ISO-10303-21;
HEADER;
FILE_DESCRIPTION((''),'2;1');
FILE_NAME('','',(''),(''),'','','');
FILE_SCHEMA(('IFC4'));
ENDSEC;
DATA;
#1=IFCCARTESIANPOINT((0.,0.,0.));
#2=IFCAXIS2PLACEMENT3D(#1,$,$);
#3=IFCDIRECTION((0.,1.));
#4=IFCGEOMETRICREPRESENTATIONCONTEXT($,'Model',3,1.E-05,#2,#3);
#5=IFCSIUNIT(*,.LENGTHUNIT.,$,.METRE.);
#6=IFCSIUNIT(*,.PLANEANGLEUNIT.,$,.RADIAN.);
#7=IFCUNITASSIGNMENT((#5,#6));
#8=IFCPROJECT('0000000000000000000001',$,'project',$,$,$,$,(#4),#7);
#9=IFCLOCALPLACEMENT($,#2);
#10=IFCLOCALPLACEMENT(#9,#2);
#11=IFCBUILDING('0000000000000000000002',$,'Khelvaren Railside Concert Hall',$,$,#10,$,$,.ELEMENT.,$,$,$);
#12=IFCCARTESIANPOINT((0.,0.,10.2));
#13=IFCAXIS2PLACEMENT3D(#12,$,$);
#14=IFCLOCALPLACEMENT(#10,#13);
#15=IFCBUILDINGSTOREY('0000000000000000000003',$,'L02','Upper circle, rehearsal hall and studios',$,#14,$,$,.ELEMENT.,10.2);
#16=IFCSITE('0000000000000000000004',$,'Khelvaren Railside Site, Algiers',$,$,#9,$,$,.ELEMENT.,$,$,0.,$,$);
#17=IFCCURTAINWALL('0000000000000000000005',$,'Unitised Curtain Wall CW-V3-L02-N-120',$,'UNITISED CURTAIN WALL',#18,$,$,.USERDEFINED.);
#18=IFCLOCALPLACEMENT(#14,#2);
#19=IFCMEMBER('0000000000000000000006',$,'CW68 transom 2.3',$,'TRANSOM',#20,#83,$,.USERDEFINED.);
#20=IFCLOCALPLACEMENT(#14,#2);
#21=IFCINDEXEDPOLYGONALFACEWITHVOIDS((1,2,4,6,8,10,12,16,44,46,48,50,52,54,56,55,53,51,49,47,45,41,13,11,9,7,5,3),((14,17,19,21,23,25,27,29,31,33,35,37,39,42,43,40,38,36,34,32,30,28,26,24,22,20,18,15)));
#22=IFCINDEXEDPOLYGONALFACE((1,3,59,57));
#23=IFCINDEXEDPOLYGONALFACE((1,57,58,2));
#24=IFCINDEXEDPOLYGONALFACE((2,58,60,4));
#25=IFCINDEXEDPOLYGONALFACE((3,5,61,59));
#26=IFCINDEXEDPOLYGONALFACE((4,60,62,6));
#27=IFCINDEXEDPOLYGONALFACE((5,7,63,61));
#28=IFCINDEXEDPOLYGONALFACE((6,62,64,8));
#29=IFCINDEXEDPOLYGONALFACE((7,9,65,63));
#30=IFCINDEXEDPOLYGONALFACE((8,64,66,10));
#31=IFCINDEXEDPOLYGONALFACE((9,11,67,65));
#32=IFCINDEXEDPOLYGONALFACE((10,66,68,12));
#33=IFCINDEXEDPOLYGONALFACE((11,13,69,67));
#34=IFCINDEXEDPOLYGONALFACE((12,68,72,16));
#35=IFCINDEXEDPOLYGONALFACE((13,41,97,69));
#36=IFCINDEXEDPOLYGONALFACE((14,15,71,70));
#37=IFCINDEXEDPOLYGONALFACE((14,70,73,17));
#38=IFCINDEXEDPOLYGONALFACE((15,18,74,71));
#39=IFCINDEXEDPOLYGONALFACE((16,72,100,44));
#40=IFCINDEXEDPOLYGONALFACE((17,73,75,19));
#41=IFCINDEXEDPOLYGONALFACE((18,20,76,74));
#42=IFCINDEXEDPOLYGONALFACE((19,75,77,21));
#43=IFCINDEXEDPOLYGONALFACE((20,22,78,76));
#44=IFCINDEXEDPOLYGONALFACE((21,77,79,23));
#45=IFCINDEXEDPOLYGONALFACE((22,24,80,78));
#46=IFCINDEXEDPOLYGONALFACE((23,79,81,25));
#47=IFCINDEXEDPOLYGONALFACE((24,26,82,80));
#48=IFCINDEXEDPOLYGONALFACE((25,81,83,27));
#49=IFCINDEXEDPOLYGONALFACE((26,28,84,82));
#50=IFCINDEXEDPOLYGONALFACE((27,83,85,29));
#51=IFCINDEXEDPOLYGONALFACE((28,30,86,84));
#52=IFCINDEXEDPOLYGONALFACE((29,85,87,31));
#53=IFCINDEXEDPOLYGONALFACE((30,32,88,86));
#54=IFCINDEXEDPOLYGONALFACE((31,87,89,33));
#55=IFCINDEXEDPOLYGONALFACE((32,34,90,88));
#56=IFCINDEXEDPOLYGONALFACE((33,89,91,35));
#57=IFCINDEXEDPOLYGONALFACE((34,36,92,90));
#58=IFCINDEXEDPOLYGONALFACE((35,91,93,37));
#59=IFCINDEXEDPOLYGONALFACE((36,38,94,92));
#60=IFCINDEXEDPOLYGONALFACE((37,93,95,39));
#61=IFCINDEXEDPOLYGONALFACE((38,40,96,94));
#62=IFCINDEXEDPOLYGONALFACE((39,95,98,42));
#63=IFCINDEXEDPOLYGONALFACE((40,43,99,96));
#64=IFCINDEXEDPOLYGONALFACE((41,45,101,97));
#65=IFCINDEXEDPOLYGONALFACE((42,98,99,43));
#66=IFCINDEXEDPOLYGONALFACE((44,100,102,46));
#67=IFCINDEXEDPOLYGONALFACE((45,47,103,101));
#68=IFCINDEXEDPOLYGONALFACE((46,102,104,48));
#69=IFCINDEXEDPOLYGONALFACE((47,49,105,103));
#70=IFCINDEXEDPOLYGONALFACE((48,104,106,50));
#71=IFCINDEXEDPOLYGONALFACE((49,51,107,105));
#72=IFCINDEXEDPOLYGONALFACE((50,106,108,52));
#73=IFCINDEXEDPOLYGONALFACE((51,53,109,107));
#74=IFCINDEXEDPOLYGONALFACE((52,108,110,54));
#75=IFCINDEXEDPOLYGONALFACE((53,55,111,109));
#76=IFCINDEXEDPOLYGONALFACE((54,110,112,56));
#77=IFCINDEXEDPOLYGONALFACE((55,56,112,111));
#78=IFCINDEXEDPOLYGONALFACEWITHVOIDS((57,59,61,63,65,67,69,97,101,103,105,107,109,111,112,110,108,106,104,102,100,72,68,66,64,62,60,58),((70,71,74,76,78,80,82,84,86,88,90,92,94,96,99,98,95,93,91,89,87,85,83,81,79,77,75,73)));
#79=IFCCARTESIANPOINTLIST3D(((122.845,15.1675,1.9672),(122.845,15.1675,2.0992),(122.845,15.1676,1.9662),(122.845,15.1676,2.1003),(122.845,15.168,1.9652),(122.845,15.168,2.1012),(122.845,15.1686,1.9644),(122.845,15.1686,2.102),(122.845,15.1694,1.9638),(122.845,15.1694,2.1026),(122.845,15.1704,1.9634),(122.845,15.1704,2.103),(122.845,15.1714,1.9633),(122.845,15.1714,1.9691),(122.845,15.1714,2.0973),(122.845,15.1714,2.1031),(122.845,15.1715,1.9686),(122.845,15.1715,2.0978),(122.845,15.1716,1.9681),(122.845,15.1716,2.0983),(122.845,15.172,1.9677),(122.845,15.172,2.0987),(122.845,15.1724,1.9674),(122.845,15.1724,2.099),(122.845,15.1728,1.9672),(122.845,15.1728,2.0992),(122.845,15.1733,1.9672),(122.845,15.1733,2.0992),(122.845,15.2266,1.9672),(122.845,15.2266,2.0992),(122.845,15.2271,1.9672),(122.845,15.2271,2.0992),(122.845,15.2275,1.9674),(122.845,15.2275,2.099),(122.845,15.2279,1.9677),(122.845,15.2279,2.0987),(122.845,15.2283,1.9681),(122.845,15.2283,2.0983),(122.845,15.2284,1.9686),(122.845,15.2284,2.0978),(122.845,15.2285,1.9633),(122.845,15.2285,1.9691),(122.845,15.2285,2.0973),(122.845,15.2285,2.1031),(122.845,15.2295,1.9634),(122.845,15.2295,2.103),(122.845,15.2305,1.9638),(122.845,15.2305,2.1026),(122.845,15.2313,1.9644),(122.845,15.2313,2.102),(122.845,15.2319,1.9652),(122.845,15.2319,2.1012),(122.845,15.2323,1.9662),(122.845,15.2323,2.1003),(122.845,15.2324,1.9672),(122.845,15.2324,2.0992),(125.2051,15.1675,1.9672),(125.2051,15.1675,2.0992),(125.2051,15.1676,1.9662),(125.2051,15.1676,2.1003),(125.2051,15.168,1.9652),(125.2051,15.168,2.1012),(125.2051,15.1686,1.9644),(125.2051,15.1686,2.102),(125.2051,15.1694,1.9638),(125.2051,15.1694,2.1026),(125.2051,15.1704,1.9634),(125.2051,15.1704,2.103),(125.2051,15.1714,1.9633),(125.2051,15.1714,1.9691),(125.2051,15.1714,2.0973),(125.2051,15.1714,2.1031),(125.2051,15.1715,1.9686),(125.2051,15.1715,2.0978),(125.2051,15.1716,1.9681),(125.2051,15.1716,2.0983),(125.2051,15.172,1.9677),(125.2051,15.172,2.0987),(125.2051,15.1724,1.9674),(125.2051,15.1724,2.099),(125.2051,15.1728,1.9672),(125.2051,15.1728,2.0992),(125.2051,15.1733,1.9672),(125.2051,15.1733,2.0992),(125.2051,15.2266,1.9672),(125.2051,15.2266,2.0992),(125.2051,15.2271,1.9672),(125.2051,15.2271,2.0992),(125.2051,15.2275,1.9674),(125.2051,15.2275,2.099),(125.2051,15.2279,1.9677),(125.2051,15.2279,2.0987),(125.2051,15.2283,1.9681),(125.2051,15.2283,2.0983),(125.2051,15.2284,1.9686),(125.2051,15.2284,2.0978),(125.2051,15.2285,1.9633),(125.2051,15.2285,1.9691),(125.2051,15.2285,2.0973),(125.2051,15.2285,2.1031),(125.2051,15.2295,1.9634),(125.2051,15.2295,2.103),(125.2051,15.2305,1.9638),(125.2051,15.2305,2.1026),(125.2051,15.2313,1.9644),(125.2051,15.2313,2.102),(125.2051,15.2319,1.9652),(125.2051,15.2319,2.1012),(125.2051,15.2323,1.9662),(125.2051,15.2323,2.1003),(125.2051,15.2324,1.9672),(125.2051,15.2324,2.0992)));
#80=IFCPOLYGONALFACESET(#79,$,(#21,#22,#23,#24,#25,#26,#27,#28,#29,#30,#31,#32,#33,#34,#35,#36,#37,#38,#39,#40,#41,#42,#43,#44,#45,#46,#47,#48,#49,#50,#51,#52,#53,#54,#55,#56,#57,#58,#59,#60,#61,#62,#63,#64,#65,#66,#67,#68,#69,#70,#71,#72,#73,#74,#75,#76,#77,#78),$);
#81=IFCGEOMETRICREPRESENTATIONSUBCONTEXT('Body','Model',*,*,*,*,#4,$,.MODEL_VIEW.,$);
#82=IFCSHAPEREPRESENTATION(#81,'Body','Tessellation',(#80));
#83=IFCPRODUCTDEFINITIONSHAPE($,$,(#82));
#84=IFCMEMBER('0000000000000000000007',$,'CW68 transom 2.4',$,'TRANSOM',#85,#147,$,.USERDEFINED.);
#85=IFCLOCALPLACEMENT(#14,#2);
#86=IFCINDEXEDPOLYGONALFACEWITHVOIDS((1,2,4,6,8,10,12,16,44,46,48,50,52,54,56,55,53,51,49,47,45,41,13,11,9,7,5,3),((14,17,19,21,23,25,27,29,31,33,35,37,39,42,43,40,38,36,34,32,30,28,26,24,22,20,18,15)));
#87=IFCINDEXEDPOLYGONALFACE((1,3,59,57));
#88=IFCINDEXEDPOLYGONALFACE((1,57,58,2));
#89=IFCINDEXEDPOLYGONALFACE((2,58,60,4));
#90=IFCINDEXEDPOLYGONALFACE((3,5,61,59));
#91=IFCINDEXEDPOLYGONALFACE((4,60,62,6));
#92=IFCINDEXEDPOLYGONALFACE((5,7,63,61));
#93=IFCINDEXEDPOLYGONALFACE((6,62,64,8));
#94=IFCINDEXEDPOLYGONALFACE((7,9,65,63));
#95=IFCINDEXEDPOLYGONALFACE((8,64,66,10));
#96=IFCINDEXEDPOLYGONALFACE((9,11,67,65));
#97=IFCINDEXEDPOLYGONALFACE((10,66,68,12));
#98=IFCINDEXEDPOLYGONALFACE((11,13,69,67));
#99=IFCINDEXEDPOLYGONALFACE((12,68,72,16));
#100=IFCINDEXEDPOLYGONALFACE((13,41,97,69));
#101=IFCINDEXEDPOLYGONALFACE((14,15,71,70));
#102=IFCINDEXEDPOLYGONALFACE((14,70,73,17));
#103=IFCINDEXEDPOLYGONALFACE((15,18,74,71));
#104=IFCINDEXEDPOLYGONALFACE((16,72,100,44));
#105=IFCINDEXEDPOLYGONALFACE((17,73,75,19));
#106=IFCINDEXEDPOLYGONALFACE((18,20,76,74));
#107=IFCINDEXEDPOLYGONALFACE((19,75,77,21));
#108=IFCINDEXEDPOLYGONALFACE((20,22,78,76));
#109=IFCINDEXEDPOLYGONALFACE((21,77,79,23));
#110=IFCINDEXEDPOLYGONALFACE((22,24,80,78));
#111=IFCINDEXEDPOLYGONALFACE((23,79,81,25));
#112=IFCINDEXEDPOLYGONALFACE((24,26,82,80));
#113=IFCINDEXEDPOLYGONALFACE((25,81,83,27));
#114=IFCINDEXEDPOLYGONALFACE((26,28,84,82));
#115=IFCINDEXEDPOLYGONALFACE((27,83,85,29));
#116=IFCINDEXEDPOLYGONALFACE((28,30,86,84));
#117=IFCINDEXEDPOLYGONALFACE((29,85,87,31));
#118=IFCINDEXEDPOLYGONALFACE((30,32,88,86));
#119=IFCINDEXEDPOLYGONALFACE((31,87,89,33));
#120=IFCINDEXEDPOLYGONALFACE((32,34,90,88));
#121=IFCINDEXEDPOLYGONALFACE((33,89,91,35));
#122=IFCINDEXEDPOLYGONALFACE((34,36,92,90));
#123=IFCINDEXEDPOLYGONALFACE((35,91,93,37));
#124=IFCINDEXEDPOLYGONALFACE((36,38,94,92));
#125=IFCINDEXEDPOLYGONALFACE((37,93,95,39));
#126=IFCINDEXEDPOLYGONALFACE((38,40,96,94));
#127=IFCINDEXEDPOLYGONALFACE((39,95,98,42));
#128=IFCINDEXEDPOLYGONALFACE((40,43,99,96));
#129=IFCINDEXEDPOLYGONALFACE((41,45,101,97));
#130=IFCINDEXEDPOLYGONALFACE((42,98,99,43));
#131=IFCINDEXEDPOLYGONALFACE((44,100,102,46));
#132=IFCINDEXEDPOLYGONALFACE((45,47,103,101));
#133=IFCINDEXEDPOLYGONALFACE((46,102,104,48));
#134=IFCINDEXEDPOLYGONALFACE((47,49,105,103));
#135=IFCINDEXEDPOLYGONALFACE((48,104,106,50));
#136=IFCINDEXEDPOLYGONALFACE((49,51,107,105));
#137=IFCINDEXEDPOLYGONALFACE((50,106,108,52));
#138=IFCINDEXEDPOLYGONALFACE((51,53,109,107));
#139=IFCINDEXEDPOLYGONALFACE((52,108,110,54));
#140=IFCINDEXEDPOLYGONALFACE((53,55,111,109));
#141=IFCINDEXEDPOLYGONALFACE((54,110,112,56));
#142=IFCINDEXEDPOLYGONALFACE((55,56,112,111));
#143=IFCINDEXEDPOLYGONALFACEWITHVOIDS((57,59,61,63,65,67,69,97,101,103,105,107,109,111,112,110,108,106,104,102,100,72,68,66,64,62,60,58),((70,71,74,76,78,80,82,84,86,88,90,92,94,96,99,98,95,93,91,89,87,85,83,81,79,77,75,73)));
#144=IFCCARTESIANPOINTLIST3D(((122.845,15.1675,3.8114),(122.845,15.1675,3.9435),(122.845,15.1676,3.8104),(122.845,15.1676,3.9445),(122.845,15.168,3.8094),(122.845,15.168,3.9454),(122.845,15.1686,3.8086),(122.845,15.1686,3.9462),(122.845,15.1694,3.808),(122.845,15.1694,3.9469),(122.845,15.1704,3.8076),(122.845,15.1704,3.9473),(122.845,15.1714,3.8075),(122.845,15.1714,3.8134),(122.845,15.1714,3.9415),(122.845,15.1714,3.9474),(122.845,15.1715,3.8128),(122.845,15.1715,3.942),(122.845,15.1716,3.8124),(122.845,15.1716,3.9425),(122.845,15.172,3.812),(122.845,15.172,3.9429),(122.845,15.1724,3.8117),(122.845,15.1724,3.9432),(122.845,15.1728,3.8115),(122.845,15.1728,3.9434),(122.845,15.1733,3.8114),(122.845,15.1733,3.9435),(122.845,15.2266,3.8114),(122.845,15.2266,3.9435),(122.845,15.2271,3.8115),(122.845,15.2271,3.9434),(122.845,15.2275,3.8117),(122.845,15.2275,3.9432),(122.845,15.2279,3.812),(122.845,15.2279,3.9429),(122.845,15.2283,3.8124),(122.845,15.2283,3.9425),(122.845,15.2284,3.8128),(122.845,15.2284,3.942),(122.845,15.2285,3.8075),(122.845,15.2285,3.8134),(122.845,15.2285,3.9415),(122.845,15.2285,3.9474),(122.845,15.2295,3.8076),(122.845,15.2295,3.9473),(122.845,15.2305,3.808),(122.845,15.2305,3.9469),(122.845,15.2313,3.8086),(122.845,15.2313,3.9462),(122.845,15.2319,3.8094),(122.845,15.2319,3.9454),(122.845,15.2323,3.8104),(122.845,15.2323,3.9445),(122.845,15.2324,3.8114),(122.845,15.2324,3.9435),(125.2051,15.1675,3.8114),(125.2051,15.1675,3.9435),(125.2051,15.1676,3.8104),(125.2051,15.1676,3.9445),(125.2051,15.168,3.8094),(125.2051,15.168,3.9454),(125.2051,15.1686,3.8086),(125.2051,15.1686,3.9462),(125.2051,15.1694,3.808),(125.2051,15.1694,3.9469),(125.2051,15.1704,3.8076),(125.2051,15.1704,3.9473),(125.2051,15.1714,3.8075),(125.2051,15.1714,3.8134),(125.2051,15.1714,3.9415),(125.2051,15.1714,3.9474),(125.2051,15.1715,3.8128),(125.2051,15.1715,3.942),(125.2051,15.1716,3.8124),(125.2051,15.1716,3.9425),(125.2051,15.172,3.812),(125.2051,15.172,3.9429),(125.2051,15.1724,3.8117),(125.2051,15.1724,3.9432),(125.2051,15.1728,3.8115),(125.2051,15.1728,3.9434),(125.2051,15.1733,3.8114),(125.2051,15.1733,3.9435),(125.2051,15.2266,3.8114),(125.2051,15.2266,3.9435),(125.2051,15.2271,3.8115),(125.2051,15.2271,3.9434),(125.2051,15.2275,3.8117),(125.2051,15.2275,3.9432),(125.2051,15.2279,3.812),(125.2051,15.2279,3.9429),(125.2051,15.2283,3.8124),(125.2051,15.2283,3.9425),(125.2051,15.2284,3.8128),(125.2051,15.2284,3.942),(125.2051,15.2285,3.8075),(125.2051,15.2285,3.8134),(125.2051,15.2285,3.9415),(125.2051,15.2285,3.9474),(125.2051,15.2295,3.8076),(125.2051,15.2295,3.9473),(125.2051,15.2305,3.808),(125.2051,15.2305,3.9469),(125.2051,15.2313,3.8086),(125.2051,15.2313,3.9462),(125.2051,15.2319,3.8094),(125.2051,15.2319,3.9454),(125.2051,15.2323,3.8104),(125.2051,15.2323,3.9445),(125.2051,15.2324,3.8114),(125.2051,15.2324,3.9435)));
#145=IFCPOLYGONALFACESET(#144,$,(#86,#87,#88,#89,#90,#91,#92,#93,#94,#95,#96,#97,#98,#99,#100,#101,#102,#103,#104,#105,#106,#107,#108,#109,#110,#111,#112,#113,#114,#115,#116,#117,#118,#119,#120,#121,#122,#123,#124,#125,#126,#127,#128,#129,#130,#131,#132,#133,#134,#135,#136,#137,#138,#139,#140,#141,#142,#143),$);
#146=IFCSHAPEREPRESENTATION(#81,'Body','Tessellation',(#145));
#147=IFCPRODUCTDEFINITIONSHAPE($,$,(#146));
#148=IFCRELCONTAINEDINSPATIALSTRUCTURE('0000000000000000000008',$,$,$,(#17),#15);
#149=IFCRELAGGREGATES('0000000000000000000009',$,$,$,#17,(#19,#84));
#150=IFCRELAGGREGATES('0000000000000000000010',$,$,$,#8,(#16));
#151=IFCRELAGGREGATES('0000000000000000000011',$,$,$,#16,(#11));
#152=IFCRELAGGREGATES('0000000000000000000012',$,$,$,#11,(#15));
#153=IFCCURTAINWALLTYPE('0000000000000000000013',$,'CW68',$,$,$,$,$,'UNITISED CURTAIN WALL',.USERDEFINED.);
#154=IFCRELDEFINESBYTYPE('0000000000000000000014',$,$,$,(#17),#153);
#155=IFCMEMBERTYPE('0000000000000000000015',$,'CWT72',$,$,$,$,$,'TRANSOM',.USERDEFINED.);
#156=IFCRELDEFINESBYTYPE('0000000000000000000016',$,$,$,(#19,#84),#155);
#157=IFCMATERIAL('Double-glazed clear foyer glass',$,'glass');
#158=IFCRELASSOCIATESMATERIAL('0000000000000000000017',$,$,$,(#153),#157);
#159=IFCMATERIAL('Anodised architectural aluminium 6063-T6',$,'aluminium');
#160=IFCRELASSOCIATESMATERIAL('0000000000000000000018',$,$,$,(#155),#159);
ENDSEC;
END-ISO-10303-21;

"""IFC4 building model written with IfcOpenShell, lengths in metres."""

from ifc_helpers import new_model, si_unit, direction, frame, origin, origin_2d, place, context, subcontext, project, spatial, hollow_rectangle, extrude, material, material_profile, profile_set, type_object, element, aggregate, save


model = new_model("IFC4")

# Units and contexts
model_context = context("Model", 3, precision=1e-05, world=origin(), true_north=direction((0.0, 1.0)))
body_context = subcontext(model_context, "Body", "Model", "MODEL_VIEW")
ifc_project = project(units=[si_unit("LENGTHUNIT", "METRE"), si_unit("PLANEANGLEUNIT", "RADIAN")], contexts=[model_context])

# Site, building, storey
site_placement = place(None, origin())
site = spatial("IfcSite", under=ifc_project, at=site_placement, Name="Khelvaren Railside Site, Algiers", CompositionType="ELEMENT", RefElevation=0.0)
building_placement = place(site_placement, origin())
building = spatial("IfcBuilding", under=site, at=building_placement, Name="Khelvaren Railside Concert Hall", CompositionType="ELEMENT")
storey_placement = place(building_placement, frame((0.0, 0.0, 10.2)))
storey = spatial("IfcBuildingStorey", under=building, at=storey_placement, Name="L02", Description="Upper circle, rehearsal hall and studios", CompositionType="ELEMENT", Elevation=10.2)

# Curtain wall, members
ifc_material_1 = material(Name="Double-glazed clear foyer glass", Category="glass")
curtain_wall_type = type_object("IfcCurtainWallType", Name="CW68", ElementType="UNITISED CURTAIN WALL", PredefinedType="USERDEFINED", material=ifc_material_1)
curtain_wall_placement = place(storey_placement, origin())
curtain_wall = element("IfcCurtainWall", 1, at=curtain_wall_placement, inside=storey, type_object=curtain_wall_type, Name="Unitised Curtain Wall CW-V3-L02-N-120", ObjectType="UNITISED CURTAIN WALL", PredefinedType="USERDEFINED")
ifc_material_2 = material(Name="Anodised architectural aluminium 6063-T6", Category="aluminium")
ifc_material_profile_1 = material_profile(ifc_material_2, hollow_rectangle(XDim=0.0649, YDim=0.1399, WallThickness=0.0039, InnerFilletRadius=0.002, OuterFilletRadius=0.0039, at=origin_2d()), Name="CWT 65x140x4")
ifc_profile_set_1 = profile_set([ifc_material_profile_1], Name="Anodised architectural aluminium 6063-T6")
member_type_1 = type_object("IfcMemberType", Name="CWT72", ElementType="TRANSOM", PredefinedType="USERDEFINED", material=ifc_profile_set_1)
member_1_placement = place(storey_placement, frame((122.845, 15.2, 2.0332), z_axis=(1.0, 0.0, 0.0), x_axis=(0.0, 1.0, 0.0)))
member_1 = element("IfcMember", 2, at=member_1_placement, type_object=member_type_1, Name="CW68 transom 2.3", ObjectType="TRANSOM", PredefinedType="USERDEFINED", context=body_context, shape_type="SweptSolid", body=[
    extrude(hollow_rectangle(XDim=0.0649, YDim=0.1399, WallThickness=0.0039, InnerFilletRadius=0.002, OuterFilletRadius=0.0039, at=origin_2d()), origin(), (0.0, 0.0, 1.0), 2.3601),
])
member_2_placement = place(storey_placement, frame((122.845, 15.2, 3.8774), z_axis=(1.0, 0.0, 0.0), x_axis=(0.0, 1.0, 0.0)))
member_2 = element("IfcMember", 3, at=member_2_placement, type_object=member_type_1, Name="CW68 transom 2.4", ObjectType="TRANSOM", PredefinedType="USERDEFINED", context=body_context, shape_type="SweptSolid", body=[
    extrude(hollow_rectangle(XDim=0.0649, YDim=0.1399, WallThickness=0.0039, InnerFilletRadius=0.002, OuterFilletRadius=0.0039, at=origin_2d()), origin(), (0.0, 0.0, 1.0), 2.3601),
])
aggregate(curtain_wall, [member_1, member_2])

save(model, "model.ifc")
